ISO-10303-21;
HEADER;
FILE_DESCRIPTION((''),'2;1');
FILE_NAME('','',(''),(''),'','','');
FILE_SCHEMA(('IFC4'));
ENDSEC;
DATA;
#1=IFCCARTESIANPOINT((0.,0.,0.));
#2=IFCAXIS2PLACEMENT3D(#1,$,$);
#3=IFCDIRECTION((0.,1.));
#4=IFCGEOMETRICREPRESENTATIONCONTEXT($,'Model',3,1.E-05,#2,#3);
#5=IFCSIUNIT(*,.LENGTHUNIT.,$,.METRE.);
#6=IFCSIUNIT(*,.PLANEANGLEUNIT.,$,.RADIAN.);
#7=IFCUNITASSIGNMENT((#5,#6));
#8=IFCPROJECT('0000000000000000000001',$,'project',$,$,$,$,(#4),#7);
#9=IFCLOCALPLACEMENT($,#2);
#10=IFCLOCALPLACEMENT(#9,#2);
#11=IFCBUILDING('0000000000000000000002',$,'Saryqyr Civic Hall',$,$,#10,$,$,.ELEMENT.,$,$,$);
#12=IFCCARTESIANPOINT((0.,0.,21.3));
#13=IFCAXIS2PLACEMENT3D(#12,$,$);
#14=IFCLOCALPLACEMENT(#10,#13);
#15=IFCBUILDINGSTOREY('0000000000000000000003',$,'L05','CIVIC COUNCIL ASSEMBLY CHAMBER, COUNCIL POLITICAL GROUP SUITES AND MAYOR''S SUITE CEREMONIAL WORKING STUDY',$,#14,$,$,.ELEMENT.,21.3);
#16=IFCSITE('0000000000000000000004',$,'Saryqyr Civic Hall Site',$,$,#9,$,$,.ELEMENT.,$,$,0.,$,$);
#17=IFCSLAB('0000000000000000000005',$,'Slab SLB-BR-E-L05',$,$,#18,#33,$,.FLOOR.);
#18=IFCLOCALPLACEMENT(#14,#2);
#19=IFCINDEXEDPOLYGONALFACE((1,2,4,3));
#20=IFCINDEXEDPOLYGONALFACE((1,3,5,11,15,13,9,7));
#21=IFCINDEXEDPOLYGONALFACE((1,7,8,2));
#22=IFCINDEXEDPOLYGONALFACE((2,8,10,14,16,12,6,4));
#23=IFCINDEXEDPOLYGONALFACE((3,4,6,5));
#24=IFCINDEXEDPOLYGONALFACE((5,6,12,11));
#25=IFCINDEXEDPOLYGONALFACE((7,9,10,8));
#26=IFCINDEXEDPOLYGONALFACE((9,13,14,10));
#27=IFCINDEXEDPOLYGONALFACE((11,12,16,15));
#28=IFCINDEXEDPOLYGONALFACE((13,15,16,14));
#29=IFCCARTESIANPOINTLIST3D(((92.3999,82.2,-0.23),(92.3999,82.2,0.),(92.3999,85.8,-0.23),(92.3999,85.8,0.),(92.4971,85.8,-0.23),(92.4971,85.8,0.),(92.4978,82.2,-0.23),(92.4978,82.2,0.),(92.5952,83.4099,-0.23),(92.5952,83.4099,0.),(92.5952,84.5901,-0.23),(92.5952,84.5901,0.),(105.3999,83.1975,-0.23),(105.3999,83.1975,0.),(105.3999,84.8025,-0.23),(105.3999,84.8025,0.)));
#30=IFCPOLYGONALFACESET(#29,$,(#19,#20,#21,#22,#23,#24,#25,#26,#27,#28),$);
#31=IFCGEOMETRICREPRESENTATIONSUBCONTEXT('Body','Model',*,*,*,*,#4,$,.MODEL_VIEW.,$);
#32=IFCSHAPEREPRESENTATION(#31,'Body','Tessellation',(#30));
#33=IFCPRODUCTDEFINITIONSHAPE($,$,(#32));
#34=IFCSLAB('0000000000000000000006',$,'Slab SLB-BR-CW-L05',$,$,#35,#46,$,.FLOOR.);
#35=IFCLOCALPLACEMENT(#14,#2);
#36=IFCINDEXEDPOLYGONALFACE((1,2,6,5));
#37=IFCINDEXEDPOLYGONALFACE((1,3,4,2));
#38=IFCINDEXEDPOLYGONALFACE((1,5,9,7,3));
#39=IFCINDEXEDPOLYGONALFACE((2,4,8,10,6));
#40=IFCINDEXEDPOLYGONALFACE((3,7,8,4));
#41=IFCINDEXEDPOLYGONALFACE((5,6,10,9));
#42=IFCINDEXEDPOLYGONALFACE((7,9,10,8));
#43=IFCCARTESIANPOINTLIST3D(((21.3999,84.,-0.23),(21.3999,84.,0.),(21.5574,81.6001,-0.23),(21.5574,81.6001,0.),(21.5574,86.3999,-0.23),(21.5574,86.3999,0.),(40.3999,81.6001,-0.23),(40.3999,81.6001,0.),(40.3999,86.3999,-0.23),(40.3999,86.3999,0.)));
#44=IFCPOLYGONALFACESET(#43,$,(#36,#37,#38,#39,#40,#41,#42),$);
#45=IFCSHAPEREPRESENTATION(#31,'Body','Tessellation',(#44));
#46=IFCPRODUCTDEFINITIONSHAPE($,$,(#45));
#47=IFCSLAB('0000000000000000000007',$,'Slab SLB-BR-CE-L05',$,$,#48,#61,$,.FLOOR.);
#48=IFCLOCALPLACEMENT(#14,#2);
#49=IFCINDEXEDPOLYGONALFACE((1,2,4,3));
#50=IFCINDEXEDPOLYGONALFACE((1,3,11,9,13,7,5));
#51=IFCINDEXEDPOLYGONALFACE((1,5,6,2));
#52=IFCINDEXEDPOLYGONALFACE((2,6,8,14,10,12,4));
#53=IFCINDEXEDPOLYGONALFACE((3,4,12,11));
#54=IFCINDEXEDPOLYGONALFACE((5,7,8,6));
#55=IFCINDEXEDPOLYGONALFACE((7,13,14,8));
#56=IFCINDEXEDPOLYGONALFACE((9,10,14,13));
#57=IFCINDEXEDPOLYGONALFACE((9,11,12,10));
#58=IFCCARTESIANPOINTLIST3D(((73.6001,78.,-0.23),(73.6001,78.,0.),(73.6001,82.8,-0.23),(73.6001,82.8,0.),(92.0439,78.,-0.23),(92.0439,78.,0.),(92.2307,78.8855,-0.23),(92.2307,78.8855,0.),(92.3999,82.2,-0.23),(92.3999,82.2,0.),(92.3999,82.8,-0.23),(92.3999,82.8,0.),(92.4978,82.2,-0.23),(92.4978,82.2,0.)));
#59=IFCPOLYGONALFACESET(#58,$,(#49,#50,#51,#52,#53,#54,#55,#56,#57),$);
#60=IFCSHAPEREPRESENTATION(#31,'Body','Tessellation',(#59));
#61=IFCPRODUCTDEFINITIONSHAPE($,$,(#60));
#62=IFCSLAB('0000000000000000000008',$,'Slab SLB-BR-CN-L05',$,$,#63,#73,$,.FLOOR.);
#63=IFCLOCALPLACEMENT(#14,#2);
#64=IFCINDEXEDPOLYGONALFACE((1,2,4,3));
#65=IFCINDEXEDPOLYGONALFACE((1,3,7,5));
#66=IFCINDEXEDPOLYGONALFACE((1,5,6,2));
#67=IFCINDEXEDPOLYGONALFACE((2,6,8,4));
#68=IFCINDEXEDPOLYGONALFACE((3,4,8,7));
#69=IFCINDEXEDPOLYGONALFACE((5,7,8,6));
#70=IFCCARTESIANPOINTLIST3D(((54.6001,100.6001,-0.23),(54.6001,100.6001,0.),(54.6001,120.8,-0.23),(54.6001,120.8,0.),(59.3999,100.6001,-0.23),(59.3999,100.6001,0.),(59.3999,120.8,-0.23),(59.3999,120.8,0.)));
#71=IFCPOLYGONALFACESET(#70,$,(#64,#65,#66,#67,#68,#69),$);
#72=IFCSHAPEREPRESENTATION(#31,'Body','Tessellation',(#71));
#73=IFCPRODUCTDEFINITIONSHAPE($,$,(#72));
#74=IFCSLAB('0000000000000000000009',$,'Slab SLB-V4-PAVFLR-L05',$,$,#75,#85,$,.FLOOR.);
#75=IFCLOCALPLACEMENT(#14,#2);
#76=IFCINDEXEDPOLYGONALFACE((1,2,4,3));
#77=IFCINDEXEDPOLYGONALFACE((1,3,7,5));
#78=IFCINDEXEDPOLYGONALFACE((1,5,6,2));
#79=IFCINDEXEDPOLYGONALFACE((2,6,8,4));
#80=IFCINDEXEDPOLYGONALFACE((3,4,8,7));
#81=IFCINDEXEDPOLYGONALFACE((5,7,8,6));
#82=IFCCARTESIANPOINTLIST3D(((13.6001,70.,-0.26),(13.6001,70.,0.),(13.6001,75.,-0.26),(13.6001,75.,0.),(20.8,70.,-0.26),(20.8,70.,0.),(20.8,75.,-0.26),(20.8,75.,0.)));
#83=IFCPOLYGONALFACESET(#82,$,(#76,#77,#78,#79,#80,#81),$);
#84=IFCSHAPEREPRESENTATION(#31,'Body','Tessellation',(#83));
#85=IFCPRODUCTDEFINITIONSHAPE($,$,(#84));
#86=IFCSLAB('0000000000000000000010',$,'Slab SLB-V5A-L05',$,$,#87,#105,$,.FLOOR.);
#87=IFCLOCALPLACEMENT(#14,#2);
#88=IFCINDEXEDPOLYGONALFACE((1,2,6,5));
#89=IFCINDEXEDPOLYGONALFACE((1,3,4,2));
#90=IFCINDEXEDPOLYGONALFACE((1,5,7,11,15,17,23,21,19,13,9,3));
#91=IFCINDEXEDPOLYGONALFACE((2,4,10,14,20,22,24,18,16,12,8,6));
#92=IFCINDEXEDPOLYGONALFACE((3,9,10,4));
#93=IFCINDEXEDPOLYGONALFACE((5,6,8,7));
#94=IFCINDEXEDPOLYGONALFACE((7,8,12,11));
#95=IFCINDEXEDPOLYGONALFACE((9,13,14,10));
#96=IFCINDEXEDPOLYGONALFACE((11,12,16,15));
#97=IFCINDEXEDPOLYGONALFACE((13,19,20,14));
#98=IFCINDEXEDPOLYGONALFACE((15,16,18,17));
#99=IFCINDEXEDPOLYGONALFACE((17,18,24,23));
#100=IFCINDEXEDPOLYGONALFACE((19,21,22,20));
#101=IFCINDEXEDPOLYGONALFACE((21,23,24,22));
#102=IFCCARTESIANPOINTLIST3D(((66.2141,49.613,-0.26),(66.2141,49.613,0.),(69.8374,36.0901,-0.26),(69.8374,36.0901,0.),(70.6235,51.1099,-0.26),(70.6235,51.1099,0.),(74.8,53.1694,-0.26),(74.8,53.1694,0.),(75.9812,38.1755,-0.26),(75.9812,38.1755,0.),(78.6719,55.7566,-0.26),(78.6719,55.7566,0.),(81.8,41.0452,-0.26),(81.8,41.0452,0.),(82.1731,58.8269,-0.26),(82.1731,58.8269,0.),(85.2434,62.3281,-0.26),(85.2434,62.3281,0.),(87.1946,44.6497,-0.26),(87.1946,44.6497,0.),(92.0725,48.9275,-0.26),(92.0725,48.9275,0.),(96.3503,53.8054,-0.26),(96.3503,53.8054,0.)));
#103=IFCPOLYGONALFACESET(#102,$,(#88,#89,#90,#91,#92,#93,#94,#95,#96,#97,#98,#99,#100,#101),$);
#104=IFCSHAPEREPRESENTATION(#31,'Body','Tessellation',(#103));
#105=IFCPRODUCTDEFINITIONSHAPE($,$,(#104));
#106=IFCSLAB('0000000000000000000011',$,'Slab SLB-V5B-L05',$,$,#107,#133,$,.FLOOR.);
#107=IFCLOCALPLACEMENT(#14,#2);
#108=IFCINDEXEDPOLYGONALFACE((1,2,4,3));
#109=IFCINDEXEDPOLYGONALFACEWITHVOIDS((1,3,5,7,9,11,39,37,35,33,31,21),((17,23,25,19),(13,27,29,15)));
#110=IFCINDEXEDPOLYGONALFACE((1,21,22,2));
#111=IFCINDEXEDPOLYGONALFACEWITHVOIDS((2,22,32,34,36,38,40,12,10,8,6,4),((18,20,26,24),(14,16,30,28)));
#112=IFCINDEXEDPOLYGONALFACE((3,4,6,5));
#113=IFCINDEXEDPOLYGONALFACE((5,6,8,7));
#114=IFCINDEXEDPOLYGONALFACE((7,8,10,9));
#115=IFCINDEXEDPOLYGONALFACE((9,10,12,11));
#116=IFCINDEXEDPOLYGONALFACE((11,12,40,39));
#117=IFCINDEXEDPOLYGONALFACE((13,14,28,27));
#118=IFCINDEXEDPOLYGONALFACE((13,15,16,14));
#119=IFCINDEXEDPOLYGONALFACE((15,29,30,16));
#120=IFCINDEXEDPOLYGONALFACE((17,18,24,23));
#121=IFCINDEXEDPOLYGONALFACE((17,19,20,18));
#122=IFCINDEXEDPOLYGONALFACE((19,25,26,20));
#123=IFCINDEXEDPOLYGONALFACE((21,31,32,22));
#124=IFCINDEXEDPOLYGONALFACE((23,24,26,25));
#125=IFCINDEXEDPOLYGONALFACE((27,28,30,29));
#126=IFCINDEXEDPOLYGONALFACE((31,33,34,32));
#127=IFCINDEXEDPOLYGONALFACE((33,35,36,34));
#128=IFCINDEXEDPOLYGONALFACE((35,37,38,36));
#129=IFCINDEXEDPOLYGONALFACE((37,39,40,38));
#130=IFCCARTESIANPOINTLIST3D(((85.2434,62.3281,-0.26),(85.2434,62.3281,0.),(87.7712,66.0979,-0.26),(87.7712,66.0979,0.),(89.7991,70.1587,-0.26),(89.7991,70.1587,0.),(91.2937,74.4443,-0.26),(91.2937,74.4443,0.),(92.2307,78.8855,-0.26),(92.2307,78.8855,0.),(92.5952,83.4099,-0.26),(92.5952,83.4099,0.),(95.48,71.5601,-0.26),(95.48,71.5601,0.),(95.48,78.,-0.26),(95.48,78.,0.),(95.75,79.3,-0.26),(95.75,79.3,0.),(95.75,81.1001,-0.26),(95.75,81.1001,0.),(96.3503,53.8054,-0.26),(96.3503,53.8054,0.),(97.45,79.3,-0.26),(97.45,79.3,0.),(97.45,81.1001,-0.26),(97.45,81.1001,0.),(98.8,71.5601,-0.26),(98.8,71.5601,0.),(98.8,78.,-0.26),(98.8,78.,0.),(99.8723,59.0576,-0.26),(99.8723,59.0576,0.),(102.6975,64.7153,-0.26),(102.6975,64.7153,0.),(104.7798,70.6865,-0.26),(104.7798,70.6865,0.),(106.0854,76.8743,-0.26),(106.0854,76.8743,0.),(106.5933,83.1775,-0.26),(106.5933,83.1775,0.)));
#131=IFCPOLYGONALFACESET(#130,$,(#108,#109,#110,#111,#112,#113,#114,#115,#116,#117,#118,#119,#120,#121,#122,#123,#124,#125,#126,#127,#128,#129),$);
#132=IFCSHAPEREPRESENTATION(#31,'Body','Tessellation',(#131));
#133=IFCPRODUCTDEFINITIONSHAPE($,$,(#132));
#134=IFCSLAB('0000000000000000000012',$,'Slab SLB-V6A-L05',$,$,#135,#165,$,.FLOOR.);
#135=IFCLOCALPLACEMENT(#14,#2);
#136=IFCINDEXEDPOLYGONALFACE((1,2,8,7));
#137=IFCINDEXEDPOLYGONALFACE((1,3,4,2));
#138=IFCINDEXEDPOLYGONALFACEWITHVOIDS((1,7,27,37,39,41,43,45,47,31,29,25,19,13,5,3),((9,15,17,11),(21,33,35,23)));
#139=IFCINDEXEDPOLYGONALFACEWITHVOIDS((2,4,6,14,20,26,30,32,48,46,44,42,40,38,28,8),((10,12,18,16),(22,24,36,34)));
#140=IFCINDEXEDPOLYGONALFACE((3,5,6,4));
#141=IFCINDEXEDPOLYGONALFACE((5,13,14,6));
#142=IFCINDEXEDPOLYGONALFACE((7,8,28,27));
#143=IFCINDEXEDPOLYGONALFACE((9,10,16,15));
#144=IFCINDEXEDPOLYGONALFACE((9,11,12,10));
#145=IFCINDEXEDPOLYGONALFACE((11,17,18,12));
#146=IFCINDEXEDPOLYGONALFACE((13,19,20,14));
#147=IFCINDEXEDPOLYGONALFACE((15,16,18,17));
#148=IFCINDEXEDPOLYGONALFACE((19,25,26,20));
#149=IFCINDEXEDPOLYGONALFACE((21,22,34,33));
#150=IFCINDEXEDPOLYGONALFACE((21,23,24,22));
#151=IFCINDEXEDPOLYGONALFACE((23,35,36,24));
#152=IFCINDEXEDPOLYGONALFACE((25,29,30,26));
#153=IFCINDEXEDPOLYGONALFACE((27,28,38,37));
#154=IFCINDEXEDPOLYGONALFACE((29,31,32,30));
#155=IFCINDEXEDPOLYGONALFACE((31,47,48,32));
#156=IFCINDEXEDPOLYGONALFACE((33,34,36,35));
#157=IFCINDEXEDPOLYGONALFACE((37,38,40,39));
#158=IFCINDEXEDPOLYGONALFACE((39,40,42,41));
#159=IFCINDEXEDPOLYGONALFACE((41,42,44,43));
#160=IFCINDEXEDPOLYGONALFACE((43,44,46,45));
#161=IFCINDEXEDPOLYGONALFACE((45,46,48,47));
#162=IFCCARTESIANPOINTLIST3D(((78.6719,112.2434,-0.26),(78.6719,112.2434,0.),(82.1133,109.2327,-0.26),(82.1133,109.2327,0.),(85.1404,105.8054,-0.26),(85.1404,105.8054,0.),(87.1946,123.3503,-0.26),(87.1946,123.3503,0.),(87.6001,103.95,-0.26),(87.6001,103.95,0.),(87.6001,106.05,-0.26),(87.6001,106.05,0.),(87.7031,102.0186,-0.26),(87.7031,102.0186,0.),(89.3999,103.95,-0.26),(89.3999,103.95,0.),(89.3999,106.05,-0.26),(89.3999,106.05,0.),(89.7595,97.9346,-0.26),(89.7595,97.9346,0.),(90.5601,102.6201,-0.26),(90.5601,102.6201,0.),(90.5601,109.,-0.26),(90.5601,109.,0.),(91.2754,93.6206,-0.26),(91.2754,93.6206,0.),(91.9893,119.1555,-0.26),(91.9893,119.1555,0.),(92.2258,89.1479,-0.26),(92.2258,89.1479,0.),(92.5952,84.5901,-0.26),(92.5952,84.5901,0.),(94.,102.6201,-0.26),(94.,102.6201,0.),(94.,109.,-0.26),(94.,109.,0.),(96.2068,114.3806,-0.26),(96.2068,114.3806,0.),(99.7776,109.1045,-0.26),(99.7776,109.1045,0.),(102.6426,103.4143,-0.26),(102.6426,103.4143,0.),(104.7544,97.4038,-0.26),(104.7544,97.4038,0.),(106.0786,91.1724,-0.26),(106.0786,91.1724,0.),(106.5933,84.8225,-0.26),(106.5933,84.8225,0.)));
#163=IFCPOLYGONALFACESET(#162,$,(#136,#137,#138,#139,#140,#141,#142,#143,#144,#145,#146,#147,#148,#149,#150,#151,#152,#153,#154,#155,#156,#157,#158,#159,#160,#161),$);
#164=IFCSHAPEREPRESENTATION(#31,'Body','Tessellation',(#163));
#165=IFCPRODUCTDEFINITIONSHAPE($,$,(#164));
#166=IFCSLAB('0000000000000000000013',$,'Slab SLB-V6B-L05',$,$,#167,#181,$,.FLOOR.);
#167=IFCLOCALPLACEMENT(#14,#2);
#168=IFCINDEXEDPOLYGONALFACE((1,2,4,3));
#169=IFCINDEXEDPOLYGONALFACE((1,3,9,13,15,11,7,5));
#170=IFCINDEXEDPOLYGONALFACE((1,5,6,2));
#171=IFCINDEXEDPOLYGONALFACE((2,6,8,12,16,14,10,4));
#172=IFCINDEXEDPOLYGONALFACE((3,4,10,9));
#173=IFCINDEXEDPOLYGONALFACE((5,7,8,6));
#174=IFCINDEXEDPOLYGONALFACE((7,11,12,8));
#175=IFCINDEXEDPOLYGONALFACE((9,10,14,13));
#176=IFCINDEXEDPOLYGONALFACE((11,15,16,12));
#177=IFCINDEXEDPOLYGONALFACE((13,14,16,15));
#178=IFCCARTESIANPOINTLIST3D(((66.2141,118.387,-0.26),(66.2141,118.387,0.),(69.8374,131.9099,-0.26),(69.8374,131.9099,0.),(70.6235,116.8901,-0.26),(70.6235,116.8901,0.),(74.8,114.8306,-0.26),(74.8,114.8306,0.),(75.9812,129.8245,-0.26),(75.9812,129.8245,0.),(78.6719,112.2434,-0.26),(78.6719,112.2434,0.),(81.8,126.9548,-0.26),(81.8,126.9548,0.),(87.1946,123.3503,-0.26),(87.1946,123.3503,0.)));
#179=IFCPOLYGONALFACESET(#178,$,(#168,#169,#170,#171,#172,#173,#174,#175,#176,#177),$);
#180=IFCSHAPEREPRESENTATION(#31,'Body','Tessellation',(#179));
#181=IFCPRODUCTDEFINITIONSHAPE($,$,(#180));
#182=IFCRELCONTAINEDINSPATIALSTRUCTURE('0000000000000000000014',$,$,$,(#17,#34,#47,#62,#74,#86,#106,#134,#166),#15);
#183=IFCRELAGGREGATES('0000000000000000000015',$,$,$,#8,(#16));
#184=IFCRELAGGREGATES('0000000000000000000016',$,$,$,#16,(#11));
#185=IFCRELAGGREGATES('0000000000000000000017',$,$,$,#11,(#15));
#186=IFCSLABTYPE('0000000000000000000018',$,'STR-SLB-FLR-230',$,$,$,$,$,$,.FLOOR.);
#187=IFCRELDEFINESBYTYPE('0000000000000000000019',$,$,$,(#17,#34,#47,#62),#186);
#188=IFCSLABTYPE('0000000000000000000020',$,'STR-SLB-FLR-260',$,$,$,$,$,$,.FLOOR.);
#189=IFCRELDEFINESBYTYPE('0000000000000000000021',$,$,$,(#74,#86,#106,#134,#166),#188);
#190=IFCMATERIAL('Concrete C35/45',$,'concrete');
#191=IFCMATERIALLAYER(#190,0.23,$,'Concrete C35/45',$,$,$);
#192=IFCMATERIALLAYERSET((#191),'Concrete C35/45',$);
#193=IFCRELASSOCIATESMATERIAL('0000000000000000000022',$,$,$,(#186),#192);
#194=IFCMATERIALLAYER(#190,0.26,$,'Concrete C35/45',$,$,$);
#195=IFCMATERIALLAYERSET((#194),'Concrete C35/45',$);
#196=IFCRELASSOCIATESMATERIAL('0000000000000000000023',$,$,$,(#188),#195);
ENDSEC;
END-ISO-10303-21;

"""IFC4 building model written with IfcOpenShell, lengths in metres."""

from ifc_helpers import new_model, si_unit, direction, frame, origin, place, context, subcontext, project, spatial, polyline, outline, extrude, material, layer, layer_set, type_object, element, save


model = new_model("IFC4")

# Units and contexts
model_context = context("Model", 3, precision=1e-05, world=origin(), true_north=direction((0.0, 1.0)))
body_context = subcontext(model_context, "Body", "Model", "MODEL_VIEW")
ifc_project = project(units=[si_unit("LENGTHUNIT", "METRE"), si_unit("PLANEANGLEUNIT", "RADIAN")], contexts=[model_context])

# Site, building, storey
site_placement = place(None, origin())
site = spatial("IfcSite", under=ifc_project, at=site_placement, Name="Saryqyr Civic Hall Site", CompositionType="ELEMENT", RefElevation=0.0)
building_placement = place(site_placement, origin())
building = spatial("IfcBuilding", under=site, at=building_placement, Name="Saryqyr Civic Hall", CompositionType="ELEMENT")
storey_placement = place(building_placement, frame((0.0, 0.0, 21.3)))
storey = spatial("IfcBuildingStorey", under=building, at=storey_placement, Name="L05", Description="CIVIC COUNCIL ASSEMBLY CHAMBER, COUNCIL POLITICAL GROUP SUITES AND MAYOR'S SUITE CEREMONIAL WORKING STUDY", CompositionType="ELEMENT", Elevation=21.3)

# Slabs
ifc_material_1 = material(Name="Concrete C35/45", Category="concrete")
ifc_layer_1 = layer(ifc_material_1, 0.23, Name="Concrete C35/45")
ifc_layer_set_1 = layer_set([ifc_layer_1], Name="Concrete C35/45")
slab_type_1 = type_object("IfcSlabType", Name="STR-SLB-FLR-230", PredefinedType="FLOOR", material=ifc_layer_set_1)
slab_1_placement = place(storey_placement, frame((0.0, 0.0, -0.23)))
element("IfcSlab", 1, at=slab_1_placement, inside=storey, type_object=slab_type_1, Name="Slab SLB-BR-E-L05", PredefinedType="FLOOR", context=body_context, shape_type="SweptSolid", body=[
    extrude(outline(polyline([(105.3999, 83.1975), (92.5952, 83.4099), (92.4978, 82.2), (92.3999, 82.2), (92.3999, 85.8), (92.4971, 85.8), (92.5952, 84.5901), (105.3999, 84.8025), (105.3999, 83.1975)])), origin(), (0.0, 0.0, 1.0), 0.23),
])
slab_2_placement = place(storey_placement, frame((0.0, 0.0, -0.23)))
element("IfcSlab", 2, at=slab_2_placement, inside=storey, type_object=slab_type_1, Name="Slab SLB-BR-CW-L05", PredefinedType="FLOOR", context=body_context, shape_type="SweptSolid", body=[
    extrude(outline(polyline([(40.3999, 86.3999), (40.3999, 81.6001), (21.5574, 81.6001), (21.3999, 84.0), (21.5574, 86.3999), (40.3999, 86.3999)])), origin(), (0.0, 0.0, 1.0), 0.23),
])
slab_3_placement = place(storey_placement, frame((0.0, 0.0, -0.23)))
element("IfcSlab", 3, at=slab_3_placement, inside=storey, type_object=slab_type_1, Name="Slab SLB-BR-CE-L05", PredefinedType="FLOOR", context=body_context, shape_type="SweptSolid", body=[
    extrude(outline(polyline([(92.3999, 82.8), (92.3999, 82.2), (92.4978, 82.2), (92.2307, 78.8855), (92.0439, 78.0), (73.6001, 78.0), (73.6001, 82.8), (92.3999, 82.8)])), origin(), (0.0, 0.0, 1.0), 0.23),
])
slab_4_placement = place(storey_placement, frame((0.0, 0.0, -0.23)))
element("IfcSlab", 4, at=slab_4_placement, inside=storey, type_object=slab_type_1, Name="Slab SLB-BR-CN-L05", PredefinedType="FLOOR", context=body_context, shape_type="SweptSolid", body=[
    extrude(outline(polyline([(54.6001, 120.8), (59.3999, 120.8), (59.3999, 100.6001), (54.6001, 100.6001), (54.6001, 120.8)])), origin(), (0.0, 0.0, 1.0), 0.23),
])
ifc_layer_2 = layer(ifc_material_1, 0.26, Name="Concrete C35/45")
ifc_layer_set_2 = layer_set([ifc_layer_2], Name="Concrete C35/45")
slab_type_2 = type_object("IfcSlabType", Name="STR-SLB-FLR-260", PredefinedType="FLOOR", material=ifc_layer_set_2)
slab_5_placement = place(storey_placement, frame((0.0, 0.0, -0.26)))
element("IfcSlab", 5, at=slab_5_placement, inside=storey, type_object=slab_type_2, Name="Slab SLB-V4-PAVFLR-L05", PredefinedType="FLOOR", context=body_context, shape_type="SweptSolid", body=[
    extrude(outline(polyline([(13.6001, 70.0), (13.6001, 75.0), (20.8, 75.0), (20.8, 70.0), (13.6001, 70.0)])), origin(), (0.0, 0.0, 1.0), 0.26),
])
slab_6_placement = place(storey_placement, frame((0.0, 0.0, -0.26)))
element("IfcSlab", 6, at=slab_6_placement, inside=storey, type_object=slab_type_2, Name="Slab SLB-V5A-L05", PredefinedType="FLOOR", context=body_context, shape_type="SweptSolid", body=[
    extrude(outline(polyline([(70.6235, 51.1099), (74.8, 53.1694), (78.6719, 55.7566), (82.1731, 58.8269), (85.2434, 62.3281), (96.3503, 53.8054), (92.0725, 48.9275), (87.1946, 44.6497), (81.8, 41.0452), (75.9812, 38.1755), (69.8374, 36.0901), (66.2141, 49.613), (70.6235, 51.1099)])), origin(), (0.0, 0.0, 1.0), 0.26),
])
slab_7_placement = place(storey_placement, frame((0.0, 0.0, -0.26)))
element("IfcSlab", 7, at=slab_7_placement, inside=storey, type_object=slab_type_2, Name="Slab SLB-V5B-L05", PredefinedType="FLOOR", context=body_context, shape_type="SweptSolid", body=[
    extrude(outline(polyline([(87.7712, 66.0979), (89.7991, 70.1587), (91.2937, 74.4443), (92.2307, 78.8855), (92.5952, 83.4099), (106.5933, 83.1775), (106.0854, 76.8743), (104.7798, 70.6865), (102.6975, 64.7153), (99.8723, 59.0576), (96.3503, 53.8054), (85.2434, 62.3281), (87.7712, 66.0979)]), holes=[polyline([(98.8, 78.0), (95.48, 78.0), (95.48, 71.5601), (98.8, 71.5601), (98.8, 78.0)]), polyline([(97.45, 79.3), (97.45, 81.1001), (95.75, 81.1001), (95.75, 79.3), (97.45, 79.3)])]), origin(), (0.0, 0.0, 1.0), 0.26),
])
slab_8_placement = place(storey_placement, frame((0.0, 0.0, -0.26)))
element("IfcSlab", 8, at=slab_8_placement, inside=storey, type_object=slab_type_2, Name="Slab SLB-V6A-L05", PredefinedType="FLOOR", context=body_context, shape_type="SweptSolid", body=[
    extrude(outline(polyline([(92.2258, 89.1479), (91.2754, 93.6206), (89.7595, 97.9346), (87.7031, 102.0186), (85.1404, 105.8054), (82.1133, 109.2327), (78.6719, 112.2434), (87.1946, 123.3503), (91.9893, 119.1555), (96.2068, 114.3806), (99.7776, 109.1045), (102.6426, 103.4143), (104.7544, 97.4038), (106.0786, 91.1724), (106.5933, 84.8225), (92.5952, 84.5901), (92.2258, 89.1479)]), holes=[polyline([(89.3999, 103.95), (89.3999, 106.05), (87.6001, 106.05), (87.6001, 103.95), (89.3999, 103.95)]), polyline([(94.0, 109.0), (90.5601, 109.0), (90.5601, 102.6201), (94.0, 102.6201), (94.0, 109.0)])]), origin(), (0.0, 0.0, 1.0), 0.26),
])
slab_9_placement = place(storey_placement, frame((0.0, 0.0, -0.26)))
element("IfcSlab", 9, at=slab_9_placement, inside=storey, type_object=slab_type_2, Name="Slab SLB-V6B-L05", PredefinedType="FLOOR", context=body_context, shape_type="SweptSolid", body=[
    extrude(outline(polyline([(74.8, 114.8306), (70.6235, 116.8901), (66.2141, 118.387), (69.8374, 131.9099), (75.9812, 129.8245), (81.8, 126.9548), (87.1946, 123.3503), (78.6719, 112.2434), (74.8, 114.8306)])), origin(), (0.0, 0.0, 1.0), 0.26),
])

save(model, "model.ifc")
